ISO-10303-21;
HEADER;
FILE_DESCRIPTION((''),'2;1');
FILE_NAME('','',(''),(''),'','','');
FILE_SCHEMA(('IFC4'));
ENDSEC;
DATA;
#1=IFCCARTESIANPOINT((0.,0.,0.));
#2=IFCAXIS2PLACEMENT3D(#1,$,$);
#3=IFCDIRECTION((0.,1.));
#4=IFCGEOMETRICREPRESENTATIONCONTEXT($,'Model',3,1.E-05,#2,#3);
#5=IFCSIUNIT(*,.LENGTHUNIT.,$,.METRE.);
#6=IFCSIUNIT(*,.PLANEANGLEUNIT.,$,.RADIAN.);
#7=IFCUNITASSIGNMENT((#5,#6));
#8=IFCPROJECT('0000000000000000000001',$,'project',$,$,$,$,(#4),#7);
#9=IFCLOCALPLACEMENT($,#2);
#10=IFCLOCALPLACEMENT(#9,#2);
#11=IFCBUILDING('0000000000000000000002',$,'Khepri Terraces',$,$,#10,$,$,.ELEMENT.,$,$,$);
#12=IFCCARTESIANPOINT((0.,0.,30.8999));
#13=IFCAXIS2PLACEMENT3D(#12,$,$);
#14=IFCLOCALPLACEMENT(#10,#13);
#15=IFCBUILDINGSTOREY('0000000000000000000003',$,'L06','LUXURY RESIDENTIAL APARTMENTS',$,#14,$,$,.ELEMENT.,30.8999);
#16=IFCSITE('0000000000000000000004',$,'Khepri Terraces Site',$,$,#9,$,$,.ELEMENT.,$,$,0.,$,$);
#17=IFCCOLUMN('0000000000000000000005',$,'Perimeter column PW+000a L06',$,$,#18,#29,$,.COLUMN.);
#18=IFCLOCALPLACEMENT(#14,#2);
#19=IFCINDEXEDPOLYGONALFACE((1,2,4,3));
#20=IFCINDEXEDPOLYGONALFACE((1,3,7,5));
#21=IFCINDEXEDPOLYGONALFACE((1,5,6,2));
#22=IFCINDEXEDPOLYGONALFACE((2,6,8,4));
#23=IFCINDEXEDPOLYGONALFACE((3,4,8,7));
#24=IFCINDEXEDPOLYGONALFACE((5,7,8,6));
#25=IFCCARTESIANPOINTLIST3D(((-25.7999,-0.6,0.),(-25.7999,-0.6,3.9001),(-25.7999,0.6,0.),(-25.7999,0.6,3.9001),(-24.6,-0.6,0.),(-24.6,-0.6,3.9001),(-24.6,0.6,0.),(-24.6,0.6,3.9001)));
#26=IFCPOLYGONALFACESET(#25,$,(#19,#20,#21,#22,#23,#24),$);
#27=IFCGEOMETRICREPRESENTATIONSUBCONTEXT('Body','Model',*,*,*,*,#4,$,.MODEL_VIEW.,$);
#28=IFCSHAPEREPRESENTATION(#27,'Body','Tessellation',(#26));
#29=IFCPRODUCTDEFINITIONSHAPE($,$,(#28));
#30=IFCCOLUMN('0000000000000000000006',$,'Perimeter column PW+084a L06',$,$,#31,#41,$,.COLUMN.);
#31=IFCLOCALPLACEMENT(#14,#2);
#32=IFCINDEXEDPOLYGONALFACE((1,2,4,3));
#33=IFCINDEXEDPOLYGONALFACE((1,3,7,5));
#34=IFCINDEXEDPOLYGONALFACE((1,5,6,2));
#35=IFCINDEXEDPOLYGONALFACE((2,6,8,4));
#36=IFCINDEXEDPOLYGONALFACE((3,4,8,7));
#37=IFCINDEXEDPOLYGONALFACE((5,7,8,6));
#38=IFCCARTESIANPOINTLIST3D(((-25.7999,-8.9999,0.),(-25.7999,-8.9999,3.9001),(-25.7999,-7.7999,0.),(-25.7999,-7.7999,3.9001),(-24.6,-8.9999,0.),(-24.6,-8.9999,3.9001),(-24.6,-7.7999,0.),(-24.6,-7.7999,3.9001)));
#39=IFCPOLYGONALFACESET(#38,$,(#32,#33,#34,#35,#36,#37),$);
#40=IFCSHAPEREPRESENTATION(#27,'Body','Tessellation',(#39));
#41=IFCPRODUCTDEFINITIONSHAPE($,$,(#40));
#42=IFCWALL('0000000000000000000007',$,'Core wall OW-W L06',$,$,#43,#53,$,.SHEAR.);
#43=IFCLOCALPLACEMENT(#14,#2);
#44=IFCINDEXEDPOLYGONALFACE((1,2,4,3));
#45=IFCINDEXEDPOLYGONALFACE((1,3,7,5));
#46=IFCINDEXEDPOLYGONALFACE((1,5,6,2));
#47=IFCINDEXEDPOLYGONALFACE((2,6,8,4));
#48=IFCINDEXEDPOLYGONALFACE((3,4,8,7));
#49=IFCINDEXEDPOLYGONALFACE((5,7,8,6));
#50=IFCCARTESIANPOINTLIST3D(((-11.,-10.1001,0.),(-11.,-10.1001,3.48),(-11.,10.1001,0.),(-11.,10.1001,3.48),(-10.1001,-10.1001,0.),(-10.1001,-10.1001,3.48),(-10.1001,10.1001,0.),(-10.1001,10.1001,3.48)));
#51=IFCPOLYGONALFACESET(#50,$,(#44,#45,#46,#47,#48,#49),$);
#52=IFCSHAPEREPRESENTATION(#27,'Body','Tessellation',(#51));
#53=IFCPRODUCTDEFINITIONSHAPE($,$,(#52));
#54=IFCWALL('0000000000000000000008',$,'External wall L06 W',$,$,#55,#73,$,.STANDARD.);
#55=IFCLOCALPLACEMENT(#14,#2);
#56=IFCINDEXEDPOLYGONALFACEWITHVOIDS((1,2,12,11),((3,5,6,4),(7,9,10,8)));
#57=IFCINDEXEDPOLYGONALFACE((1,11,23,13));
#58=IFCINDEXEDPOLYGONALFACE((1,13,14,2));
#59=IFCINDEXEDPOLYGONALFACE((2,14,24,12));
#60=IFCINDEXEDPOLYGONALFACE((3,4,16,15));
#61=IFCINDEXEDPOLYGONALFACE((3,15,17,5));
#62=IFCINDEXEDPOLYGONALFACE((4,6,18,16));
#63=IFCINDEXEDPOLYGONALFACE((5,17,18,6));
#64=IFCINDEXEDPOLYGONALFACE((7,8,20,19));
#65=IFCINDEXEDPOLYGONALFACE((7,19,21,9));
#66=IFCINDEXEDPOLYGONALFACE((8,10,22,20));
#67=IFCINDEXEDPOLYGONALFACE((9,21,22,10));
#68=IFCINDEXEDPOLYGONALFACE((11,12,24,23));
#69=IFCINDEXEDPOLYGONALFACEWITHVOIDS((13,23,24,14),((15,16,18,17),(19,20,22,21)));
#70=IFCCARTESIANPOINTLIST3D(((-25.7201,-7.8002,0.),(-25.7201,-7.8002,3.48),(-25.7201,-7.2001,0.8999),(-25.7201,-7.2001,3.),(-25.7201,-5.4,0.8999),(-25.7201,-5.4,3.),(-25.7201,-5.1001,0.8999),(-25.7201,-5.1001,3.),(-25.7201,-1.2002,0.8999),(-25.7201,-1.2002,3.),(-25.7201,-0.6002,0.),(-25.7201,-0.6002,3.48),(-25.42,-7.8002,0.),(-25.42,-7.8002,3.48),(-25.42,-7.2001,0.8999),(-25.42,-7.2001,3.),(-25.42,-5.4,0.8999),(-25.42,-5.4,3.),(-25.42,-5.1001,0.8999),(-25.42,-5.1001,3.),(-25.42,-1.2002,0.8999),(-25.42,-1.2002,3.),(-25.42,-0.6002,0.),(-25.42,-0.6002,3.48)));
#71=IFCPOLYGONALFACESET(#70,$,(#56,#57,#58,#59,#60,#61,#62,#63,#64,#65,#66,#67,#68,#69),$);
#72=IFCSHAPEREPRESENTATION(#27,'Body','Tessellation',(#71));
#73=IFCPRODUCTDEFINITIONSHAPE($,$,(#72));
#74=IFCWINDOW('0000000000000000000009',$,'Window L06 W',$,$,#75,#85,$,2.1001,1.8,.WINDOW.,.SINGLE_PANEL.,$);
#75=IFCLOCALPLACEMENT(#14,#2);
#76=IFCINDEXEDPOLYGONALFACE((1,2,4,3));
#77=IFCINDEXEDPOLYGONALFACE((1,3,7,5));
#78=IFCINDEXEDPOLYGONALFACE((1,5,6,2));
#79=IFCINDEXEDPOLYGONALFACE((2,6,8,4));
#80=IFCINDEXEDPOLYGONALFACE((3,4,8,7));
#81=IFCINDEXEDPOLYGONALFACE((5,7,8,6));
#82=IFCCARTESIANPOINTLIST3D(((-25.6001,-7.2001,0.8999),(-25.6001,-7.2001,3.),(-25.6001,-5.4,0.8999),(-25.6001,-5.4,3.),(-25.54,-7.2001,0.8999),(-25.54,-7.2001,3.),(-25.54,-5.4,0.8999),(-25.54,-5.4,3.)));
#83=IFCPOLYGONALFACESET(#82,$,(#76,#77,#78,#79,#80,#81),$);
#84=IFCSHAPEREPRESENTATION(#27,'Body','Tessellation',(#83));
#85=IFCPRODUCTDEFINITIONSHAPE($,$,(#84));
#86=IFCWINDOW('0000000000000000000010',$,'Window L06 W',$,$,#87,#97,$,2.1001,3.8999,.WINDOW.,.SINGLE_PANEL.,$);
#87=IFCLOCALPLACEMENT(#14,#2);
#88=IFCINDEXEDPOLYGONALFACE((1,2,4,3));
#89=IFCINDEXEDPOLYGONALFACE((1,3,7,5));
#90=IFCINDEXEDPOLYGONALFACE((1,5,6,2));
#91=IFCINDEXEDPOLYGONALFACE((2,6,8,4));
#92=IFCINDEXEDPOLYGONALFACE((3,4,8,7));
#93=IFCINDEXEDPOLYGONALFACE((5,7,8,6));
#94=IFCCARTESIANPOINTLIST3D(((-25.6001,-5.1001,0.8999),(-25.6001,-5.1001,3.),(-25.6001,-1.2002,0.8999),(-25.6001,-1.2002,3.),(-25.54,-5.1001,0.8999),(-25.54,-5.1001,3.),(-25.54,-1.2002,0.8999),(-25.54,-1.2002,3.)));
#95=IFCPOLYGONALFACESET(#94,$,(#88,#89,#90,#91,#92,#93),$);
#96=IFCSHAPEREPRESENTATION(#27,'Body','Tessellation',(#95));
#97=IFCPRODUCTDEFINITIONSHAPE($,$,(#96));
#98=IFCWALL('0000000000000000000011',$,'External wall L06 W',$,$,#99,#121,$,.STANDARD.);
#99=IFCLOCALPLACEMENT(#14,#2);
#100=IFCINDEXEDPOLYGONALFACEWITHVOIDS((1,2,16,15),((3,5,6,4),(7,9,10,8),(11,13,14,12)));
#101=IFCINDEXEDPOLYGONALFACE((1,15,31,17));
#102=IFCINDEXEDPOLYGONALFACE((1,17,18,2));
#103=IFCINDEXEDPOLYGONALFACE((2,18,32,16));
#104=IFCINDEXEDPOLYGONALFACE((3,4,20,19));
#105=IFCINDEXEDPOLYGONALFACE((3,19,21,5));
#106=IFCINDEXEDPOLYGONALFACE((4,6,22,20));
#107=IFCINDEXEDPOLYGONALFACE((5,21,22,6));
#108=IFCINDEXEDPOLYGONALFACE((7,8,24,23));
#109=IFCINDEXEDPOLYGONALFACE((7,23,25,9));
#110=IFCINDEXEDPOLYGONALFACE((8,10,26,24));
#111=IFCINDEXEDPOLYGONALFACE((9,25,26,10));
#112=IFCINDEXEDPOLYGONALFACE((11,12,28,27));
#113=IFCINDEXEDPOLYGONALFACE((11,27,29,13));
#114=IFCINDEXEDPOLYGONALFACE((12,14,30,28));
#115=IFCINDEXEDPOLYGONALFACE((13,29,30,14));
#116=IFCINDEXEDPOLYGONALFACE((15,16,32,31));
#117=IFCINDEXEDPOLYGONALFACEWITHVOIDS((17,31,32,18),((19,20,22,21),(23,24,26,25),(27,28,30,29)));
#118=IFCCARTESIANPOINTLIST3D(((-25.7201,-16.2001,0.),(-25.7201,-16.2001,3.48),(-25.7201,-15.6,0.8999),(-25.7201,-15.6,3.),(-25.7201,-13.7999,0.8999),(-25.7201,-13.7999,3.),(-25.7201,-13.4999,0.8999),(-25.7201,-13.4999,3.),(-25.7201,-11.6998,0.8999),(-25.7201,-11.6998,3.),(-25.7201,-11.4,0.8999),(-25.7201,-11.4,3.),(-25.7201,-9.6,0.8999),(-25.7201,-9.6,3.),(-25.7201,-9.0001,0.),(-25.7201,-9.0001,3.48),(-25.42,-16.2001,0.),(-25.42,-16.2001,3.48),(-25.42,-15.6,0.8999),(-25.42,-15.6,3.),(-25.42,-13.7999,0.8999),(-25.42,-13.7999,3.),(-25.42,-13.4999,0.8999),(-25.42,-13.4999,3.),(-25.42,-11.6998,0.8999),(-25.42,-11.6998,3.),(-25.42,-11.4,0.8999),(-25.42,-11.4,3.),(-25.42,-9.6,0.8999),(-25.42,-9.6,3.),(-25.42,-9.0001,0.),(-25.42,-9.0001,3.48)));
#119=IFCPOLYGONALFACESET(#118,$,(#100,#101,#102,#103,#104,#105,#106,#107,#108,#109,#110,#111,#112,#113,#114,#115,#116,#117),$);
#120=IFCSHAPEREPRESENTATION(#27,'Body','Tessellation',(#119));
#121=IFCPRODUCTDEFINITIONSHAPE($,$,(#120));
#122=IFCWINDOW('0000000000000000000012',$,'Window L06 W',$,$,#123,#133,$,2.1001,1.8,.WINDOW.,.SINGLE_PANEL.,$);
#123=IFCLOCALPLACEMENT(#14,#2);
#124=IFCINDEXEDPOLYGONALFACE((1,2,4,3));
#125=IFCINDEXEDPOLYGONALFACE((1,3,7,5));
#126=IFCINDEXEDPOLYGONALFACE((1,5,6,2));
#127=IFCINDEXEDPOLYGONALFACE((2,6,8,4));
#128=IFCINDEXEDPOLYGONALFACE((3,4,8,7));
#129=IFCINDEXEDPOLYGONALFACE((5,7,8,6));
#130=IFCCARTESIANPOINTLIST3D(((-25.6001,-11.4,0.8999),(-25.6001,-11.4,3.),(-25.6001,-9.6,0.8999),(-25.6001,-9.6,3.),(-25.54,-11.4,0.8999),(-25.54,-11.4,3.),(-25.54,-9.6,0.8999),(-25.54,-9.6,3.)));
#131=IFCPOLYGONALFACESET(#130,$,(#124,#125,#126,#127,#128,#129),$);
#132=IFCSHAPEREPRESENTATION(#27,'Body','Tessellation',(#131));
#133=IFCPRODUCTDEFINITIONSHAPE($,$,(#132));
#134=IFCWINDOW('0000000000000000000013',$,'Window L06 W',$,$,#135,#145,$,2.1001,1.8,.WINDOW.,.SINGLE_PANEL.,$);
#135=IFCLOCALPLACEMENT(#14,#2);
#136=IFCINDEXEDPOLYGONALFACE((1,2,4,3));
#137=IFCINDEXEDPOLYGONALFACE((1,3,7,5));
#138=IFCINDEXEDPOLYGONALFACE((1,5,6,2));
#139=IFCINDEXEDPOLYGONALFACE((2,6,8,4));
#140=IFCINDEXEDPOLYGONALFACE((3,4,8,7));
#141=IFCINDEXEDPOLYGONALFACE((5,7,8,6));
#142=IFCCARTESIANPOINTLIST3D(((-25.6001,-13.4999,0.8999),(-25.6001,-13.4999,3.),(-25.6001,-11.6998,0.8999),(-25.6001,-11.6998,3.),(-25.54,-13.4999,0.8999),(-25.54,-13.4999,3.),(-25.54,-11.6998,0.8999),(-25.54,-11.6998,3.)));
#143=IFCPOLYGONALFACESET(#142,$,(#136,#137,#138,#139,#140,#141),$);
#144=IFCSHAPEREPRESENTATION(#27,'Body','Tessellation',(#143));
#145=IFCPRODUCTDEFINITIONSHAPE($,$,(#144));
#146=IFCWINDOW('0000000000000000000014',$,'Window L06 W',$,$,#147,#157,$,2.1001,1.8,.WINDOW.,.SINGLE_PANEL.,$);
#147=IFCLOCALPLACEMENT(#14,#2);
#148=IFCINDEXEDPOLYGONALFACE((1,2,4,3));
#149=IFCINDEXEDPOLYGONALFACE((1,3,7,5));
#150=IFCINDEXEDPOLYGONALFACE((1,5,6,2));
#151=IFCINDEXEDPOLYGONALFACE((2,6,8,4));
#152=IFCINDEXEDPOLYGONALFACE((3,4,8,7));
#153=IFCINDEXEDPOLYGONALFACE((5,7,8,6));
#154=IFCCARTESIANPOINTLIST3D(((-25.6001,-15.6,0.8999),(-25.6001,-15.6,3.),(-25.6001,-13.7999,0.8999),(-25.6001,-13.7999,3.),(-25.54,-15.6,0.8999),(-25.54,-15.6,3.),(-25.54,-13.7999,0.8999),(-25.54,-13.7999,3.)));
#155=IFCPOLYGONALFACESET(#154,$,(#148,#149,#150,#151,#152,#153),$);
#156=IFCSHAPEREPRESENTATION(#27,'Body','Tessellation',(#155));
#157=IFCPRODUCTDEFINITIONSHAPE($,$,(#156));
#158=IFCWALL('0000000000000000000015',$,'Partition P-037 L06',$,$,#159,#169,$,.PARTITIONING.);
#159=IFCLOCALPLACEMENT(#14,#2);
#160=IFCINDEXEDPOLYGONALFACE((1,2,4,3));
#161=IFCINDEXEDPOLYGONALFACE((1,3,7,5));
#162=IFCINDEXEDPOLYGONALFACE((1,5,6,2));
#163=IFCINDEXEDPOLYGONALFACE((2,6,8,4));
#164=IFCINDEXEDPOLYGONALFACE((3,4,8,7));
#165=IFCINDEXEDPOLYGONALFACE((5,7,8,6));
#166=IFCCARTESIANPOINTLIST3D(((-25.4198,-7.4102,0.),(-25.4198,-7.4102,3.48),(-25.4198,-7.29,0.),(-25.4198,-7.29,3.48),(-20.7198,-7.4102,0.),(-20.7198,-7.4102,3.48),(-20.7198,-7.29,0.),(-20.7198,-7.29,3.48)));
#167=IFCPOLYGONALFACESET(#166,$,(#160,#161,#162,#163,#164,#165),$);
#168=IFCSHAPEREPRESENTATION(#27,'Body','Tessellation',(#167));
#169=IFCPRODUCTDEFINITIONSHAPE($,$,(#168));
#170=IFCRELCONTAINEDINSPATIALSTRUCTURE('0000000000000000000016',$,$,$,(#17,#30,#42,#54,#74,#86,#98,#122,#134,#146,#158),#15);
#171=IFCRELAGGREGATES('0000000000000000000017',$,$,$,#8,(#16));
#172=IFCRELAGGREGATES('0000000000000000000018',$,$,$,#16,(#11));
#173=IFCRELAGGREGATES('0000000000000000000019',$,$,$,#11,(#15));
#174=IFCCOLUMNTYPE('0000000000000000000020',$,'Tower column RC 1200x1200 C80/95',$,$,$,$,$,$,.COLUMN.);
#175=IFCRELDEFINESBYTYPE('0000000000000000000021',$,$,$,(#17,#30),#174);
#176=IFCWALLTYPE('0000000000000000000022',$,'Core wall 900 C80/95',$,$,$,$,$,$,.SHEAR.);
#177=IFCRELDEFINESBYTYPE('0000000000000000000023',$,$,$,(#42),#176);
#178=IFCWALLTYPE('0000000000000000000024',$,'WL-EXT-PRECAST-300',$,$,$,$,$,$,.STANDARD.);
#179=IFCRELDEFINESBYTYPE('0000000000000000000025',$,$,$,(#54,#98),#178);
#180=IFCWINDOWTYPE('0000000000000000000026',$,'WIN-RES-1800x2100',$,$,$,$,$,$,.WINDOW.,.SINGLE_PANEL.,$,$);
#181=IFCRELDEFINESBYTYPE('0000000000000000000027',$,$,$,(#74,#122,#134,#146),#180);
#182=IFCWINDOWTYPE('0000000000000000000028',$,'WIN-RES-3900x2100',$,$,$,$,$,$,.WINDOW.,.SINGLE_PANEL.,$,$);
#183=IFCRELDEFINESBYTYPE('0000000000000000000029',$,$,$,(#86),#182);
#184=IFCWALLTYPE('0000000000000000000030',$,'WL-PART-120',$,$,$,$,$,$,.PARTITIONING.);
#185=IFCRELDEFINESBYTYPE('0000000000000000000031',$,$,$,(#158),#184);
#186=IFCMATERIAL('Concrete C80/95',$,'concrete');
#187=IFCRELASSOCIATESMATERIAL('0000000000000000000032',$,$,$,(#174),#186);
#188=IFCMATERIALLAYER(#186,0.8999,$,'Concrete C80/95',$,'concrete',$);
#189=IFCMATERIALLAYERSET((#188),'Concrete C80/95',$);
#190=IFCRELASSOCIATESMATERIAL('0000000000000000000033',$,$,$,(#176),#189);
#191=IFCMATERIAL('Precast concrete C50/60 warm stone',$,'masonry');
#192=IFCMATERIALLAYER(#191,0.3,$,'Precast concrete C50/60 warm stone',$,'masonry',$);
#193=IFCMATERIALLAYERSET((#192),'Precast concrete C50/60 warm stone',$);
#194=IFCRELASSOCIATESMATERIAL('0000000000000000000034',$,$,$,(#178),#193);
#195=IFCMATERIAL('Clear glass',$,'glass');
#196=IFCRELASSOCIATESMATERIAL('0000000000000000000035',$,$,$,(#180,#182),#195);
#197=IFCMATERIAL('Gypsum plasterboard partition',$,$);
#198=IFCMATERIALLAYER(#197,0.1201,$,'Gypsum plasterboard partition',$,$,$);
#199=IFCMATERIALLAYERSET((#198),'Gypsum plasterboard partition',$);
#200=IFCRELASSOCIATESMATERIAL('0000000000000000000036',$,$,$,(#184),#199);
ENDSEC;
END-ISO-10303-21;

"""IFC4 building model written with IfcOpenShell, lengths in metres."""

from ifc_helpers import new_model, si_unit, direction, frame, frame_2d, origin, origin_2d, place, context, subcontext, project, spatial, rectangle, extrude, material, layer, layer_set, material_profile, profile_set, type_object, element, fill, save


model = new_model("IFC4")

# Units and contexts
model_context = context("Model", 3, precision=1e-05, world=origin(), true_north=direction((0.0, 1.0)))
body_context = subcontext(model_context, "Body", "Model", "MODEL_VIEW")
ifc_project = project(units=[si_unit("LENGTHUNIT", "METRE"), si_unit("PLANEANGLEUNIT", "RADIAN")], contexts=[model_context])

# Site, building, storey
site_placement = place(None, origin())
site = spatial("IfcSite", under=ifc_project, at=site_placement, Name="Khepri Terraces Site", CompositionType="ELEMENT", RefElevation=0.0)
building_placement = place(site_placement, origin())
building = spatial("IfcBuilding", under=site, at=building_placement, Name="Khepri Terraces", CompositionType="ELEMENT")
storey_placement = place(building_placement, frame((0.0, 0.0, 30.8999)))
storey = spatial("IfcBuildingStorey", under=building, at=storey_placement, Name="L06", Description="LUXURY RESIDENTIAL APARTMENTS", CompositionType="ELEMENT", Elevation=30.8999)

# Columns
ifc_material_1 = material(Name="Concrete C80/95", Category="concrete")
ifc_material_profile = material_profile(ifc_material_1, rectangle(XDim=1.2, YDim=1.2, at=origin_2d()), Name="Concrete C80/95", Category="concrete")
ifc_profile_set = profile_set([ifc_material_profile], Name="Concrete C80/95")
column_type = type_object("IfcColumnType", Name="Tower column RC 1200x1200 C80/95", PredefinedType="COLUMN", material=ifc_profile_set)
for number, where, z_axis, x_axis, name in (
    (1, (-25.2, 0.0, 0.0), (0.0, 0.0, 1.0), (1.0, 0.0, 0.0), "Perimeter column PW+000a L06"),
    (2, (-25.2, -8.3999, 0.0), (0.0, 0.0, 1.0), (1.0, 0.0, 0.0), "Perimeter column PW+084a L06"),
):
    element("IfcColumn", number, at=place(storey_placement, frame(where, z_axis=z_axis, x_axis=x_axis)), inside=storey, type_object=column_type, Name=name, PredefinedType="COLUMN", context=body_context, shape_type="SweptSolid", body=[
        extrude(rectangle(XDim=1.2, YDim=1.2, at=origin_2d()), origin(), (0.0, 0.0, 1.0), 3.9001),
    ])

# Wall
ifc_layer_1 = layer(ifc_material_1, 0.8999, Name="Concrete C80/95", Category="concrete")
ifc_layer_set_1 = layer_set([ifc_layer_1], Name="Concrete C80/95")
wall_type_1 = type_object("IfcWallType", Name="Core wall 900 C80/95", PredefinedType="SHEAR", material=ifc_layer_set_1)
wall_1_placement = place(storey_placement, frame((-10.55, -10.1001, 0.0), z_axis=(0.0, 0.0, 1.0), x_axis=(0.0, 1.0, 0.0)))
element("IfcWall", 3, at=wall_1_placement, inside=storey, type_object=wall_type_1, Name="Core wall OW-W L06", PredefinedType="SHEAR", context=body_context, shape_type="SweptSolid", body=[
    extrude(rectangle(XDim=20.2002, YDim=0.8999, at=frame_2d((10.1001, 0.0))), origin(), (0.0, 0.0, 1.0), 3.48),
])

# Walls, openings, windows
ifc_material_2 = material(Name="Precast concrete C50/60 warm stone", Category="masonry")
ifc_layer_2 = layer(ifc_material_2, 0.3, Name="Precast concrete C50/60 warm stone", Category="masonry")
ifc_layer_set_2 = layer_set([ifc_layer_2], Name="Precast concrete C50/60 warm stone")
wall_type_2 = type_object("IfcWallType", Name="WL-EXT-PRECAST-300", PredefinedType="STANDARD", material=ifc_layer_set_2)
wall_2_placement = place(storey_placement, frame((-25.5701, -0.6001, 0.0), z_axis=(0.0, 0.0, 1.0), x_axis=(0.0, -1.0, 0.0)))
wall_2 = element("IfcWall", 4, at=wall_2_placement, inside=storey, type_object=wall_type_2, Name="External wall L06 W", PredefinedType="STANDARD", context=body_context, shape_type="SweptSolid", body=[
    extrude(rectangle(XDim=7.2, YDim=0.3, at=frame_2d((3.6001, 0.0))), origin(), (0.0, 0.0, 1.0), 3.48),
])
opening_1_placement = place(wall_2_placement, frame((0.6001, 0.0, 0.8999)))
opening_1 = element("IfcOpeningElement", 5, at=opening_1_placement, cuts=wall_2, PredefinedType="OPENING", context=body_context, shape_type="SweptSolid", body=[
    extrude(rectangle(XDim=3.8999, YDim=2.1001, at=frame_2d((1.95, 1.05))), frame((0.0, 0.1602, 0.0), z_axis=(0.0, -1.0, 0.0), x_axis=(1.0, 0.0, 0.0)), (0.0, 0.0, 1.0), 0.3201),
])
opening_2_placement = place(wall_2_placement, frame((4.8, 0.0, 0.8999)))
opening_2 = element("IfcOpeningElement", 6, at=opening_2_placement, cuts=wall_2, PredefinedType="OPENING", context=body_context, shape_type="SweptSolid", body=[
    extrude(rectangle(XDim=1.8, YDim=2.1001, at=frame_2d((0.8999, 1.05))), frame((0.0, 0.1602, 0.0), z_axis=(0.0, -1.0, 0.0), x_axis=(1.0, 0.0, 0.0)), (0.0, 0.0, 1.0), 0.3201),
])
ifc_material_3 = material(Name="Clear glass", Category="glass")
window_type_1 = type_object("IfcWindowType", Name="WIN-RES-1800x2100", PartitioningType="SINGLE_PANEL", PredefinedType="WINDOW", material=ifc_material_3)
window_1_placement = place(opening_2_placement, origin())
window_1 = element("IfcWindow", 7, at=window_1_placement, inside=storey, type_object=window_type_1, Name="Window L06 W", OverallHeight=2.1001, OverallWidth=1.8, PartitioningType="SINGLE_PANEL", PredefinedType="WINDOW", context=body_context, shape_type="SweptSolid", body=[
    extrude(rectangle(XDim=1.8, YDim=2.1001, at=frame_2d((0.8999, 1.05))), frame((0.0, 0.03, 0.0), z_axis=(0.0, -1.0, 0.0), x_axis=(1.0, 0.0, 0.0)), (0.0, 0.0, 1.0), 0.0601),
])
fill(opening_2, window_1)
window_type_2 = type_object("IfcWindowType", Name="WIN-RES-3900x2100", PartitioningType="SINGLE_PANEL", PredefinedType="WINDOW", material=ifc_material_3)
window_2_placement = place(opening_1_placement, origin())
window_2 = element("IfcWindow", 8, at=window_2_placement, inside=storey, type_object=window_type_2, Name="Window L06 W", OverallHeight=2.1001, OverallWidth=3.8999, PartitioningType="SINGLE_PANEL", PredefinedType="WINDOW", context=body_context, shape_type="SweptSolid", body=[
    extrude(rectangle(XDim=3.8999, YDim=2.1001, at=frame_2d((1.95, 1.05))), frame((0.0, 0.03, 0.0), z_axis=(0.0, -1.0, 0.0), x_axis=(1.0, 0.0, 0.0)), (0.0, 0.0, 1.0), 0.0601),
])
fill(opening_1, window_2)
wall_3_placement = place(storey_placement, frame((-25.5701, -9.0, 0.0), z_axis=(0.0, 0.0, 1.0), x_axis=(0.0, -1.0, 0.0)))
wall_3 = element("IfcWall", 9, at=wall_3_placement, inside=storey, type_object=wall_type_2, Name="External wall L06 W", PredefinedType="STANDARD", context=body_context, shape_type="SweptSolid", body=[
    extrude(rectangle(XDim=7.2, YDim=0.3, at=frame_2d((3.6001, 0.0))), origin(), (0.0, 0.0, 1.0), 3.48),
])
opening_3_placement = place(wall_3_placement, frame((0.6001, 0.0, 0.8999)))
opening_3 = element("IfcOpeningElement", 10, at=opening_3_placement, cuts=wall_3, PredefinedType="OPENING", context=body_context, shape_type="SweptSolid", body=[
    extrude(rectangle(XDim=1.8, YDim=2.1001, at=frame_2d((0.8999, 1.05))), frame((0.0, 0.1602, 0.0), z_axis=(0.0, -1.0, 0.0), x_axis=(1.0, 0.0, 0.0)), (0.0, 0.0, 1.0), 0.3201),
])
opening_4_placement = place(wall_3_placement, frame((2.7, 0.0, 0.8999)))
opening_4 = element("IfcOpeningElement", 11, at=opening_4_placement, cuts=wall_3, PredefinedType="OPENING", context=body_context, shape_type="SweptSolid", body=[
    extrude(rectangle(XDim=1.8, YDim=2.1001, at=frame_2d((0.8999, 1.05))), frame((0.0, 0.1602, 0.0), z_axis=(0.0, -1.0, 0.0), x_axis=(1.0, 0.0, 0.0)), (0.0, 0.0, 1.0), 0.3201),
])
opening_5_placement = place(wall_3_placement, frame((4.8, 0.0, 0.8999)))
opening_5 = element("IfcOpeningElement", 12, at=opening_5_placement, cuts=wall_3, PredefinedType="OPENING", context=body_context, shape_type="SweptSolid", body=[
    extrude(rectangle(XDim=1.8, YDim=2.1001, at=frame_2d((0.8999, 1.05))), frame((0.0, 0.1602, 0.0), z_axis=(0.0, -1.0, 0.0), x_axis=(1.0, 0.0, 0.0)), (0.0, 0.0, 1.0), 0.3201),
])
window_3_placement = place(opening_3_placement, origin())
window_3 = element("IfcWindow", 13, at=window_3_placement, inside=storey, type_object=window_type_1, Name="Window L06 W", OverallHeight=2.1001, OverallWidth=1.8, PartitioningType="SINGLE_PANEL", PredefinedType="WINDOW", context=body_context, shape_type="SweptSolid", body=[
    extrude(rectangle(XDim=1.8, YDim=2.1001, at=frame_2d((0.8999, 1.05))), frame((0.0, 0.03, 0.0), z_axis=(0.0, -1.0, 0.0), x_axis=(1.0, 0.0, 0.0)), (0.0, 0.0, 1.0), 0.0601),
])
fill(opening_3, window_3)
window_4_placement = place(opening_4_placement, origin())
window_4 = element("IfcWindow", 14, at=window_4_placement, inside=storey, type_object=window_type_1, Name="Window L06 W", OverallHeight=2.1001, OverallWidth=1.8, PartitioningType="SINGLE_PANEL", PredefinedType="WINDOW", context=body_context, shape_type="SweptSolid", body=[
    extrude(rectangle(XDim=1.8, YDim=2.1001, at=frame_2d((0.8999, 1.05))), frame((0.0, 0.03, 0.0), z_axis=(0.0, -1.0, 0.0), x_axis=(1.0, 0.0, 0.0)), (0.0, 0.0, 1.0), 0.0601),
])
fill(opening_4, window_4)
window_5_placement = place(opening_5_placement, origin())
window_5 = element("IfcWindow", 15, at=window_5_placement, inside=storey, type_object=window_type_1, Name="Window L06 W", OverallHeight=2.1001, OverallWidth=1.8, PartitioningType="SINGLE_PANEL", PredefinedType="WINDOW", context=body_context, shape_type="SweptSolid", body=[
    extrude(rectangle(XDim=1.8, YDim=2.1001, at=frame_2d((0.8999, 1.05))), frame((0.0, 0.03, 0.0), z_axis=(0.0, -1.0, 0.0), x_axis=(1.0, 0.0, 0.0)), (0.0, 0.0, 1.0), 0.0601),
])
fill(opening_5, window_5)

# Wall
ifc_material_4 = material(Name="Gypsum plasterboard partition")
ifc_layer_3 = layer(ifc_material_4, 0.1201, Name="Gypsum plasterboard partition")
ifc_layer_set_3 = layer_set([ifc_layer_3], Name="Gypsum plasterboard partition")
wall_type_3 = type_object("IfcWallType", Name="WL-PART-120", PredefinedType="PARTITIONING", material=ifc_layer_set_3)
wall_4_placement = place(storey_placement, frame((-25.4199, -7.3501, 0.0), z_axis=(0.0, 0.0, 1.0), x_axis=(1.0, 0.0, 0.0)))
element("IfcWall", 16, at=wall_4_placement, inside=storey, type_object=wall_type_3, Name="Partition P-037 L06", PredefinedType="PARTITIONING", context=body_context, shape_type="SweptSolid", body=[
    extrude(rectangle(XDim=4.7, YDim=0.1201, at=frame_2d((2.3501, 0.0))), origin(), (0.0, 0.0, 1.0), 3.48),
])

save(model, "model.ifc")
